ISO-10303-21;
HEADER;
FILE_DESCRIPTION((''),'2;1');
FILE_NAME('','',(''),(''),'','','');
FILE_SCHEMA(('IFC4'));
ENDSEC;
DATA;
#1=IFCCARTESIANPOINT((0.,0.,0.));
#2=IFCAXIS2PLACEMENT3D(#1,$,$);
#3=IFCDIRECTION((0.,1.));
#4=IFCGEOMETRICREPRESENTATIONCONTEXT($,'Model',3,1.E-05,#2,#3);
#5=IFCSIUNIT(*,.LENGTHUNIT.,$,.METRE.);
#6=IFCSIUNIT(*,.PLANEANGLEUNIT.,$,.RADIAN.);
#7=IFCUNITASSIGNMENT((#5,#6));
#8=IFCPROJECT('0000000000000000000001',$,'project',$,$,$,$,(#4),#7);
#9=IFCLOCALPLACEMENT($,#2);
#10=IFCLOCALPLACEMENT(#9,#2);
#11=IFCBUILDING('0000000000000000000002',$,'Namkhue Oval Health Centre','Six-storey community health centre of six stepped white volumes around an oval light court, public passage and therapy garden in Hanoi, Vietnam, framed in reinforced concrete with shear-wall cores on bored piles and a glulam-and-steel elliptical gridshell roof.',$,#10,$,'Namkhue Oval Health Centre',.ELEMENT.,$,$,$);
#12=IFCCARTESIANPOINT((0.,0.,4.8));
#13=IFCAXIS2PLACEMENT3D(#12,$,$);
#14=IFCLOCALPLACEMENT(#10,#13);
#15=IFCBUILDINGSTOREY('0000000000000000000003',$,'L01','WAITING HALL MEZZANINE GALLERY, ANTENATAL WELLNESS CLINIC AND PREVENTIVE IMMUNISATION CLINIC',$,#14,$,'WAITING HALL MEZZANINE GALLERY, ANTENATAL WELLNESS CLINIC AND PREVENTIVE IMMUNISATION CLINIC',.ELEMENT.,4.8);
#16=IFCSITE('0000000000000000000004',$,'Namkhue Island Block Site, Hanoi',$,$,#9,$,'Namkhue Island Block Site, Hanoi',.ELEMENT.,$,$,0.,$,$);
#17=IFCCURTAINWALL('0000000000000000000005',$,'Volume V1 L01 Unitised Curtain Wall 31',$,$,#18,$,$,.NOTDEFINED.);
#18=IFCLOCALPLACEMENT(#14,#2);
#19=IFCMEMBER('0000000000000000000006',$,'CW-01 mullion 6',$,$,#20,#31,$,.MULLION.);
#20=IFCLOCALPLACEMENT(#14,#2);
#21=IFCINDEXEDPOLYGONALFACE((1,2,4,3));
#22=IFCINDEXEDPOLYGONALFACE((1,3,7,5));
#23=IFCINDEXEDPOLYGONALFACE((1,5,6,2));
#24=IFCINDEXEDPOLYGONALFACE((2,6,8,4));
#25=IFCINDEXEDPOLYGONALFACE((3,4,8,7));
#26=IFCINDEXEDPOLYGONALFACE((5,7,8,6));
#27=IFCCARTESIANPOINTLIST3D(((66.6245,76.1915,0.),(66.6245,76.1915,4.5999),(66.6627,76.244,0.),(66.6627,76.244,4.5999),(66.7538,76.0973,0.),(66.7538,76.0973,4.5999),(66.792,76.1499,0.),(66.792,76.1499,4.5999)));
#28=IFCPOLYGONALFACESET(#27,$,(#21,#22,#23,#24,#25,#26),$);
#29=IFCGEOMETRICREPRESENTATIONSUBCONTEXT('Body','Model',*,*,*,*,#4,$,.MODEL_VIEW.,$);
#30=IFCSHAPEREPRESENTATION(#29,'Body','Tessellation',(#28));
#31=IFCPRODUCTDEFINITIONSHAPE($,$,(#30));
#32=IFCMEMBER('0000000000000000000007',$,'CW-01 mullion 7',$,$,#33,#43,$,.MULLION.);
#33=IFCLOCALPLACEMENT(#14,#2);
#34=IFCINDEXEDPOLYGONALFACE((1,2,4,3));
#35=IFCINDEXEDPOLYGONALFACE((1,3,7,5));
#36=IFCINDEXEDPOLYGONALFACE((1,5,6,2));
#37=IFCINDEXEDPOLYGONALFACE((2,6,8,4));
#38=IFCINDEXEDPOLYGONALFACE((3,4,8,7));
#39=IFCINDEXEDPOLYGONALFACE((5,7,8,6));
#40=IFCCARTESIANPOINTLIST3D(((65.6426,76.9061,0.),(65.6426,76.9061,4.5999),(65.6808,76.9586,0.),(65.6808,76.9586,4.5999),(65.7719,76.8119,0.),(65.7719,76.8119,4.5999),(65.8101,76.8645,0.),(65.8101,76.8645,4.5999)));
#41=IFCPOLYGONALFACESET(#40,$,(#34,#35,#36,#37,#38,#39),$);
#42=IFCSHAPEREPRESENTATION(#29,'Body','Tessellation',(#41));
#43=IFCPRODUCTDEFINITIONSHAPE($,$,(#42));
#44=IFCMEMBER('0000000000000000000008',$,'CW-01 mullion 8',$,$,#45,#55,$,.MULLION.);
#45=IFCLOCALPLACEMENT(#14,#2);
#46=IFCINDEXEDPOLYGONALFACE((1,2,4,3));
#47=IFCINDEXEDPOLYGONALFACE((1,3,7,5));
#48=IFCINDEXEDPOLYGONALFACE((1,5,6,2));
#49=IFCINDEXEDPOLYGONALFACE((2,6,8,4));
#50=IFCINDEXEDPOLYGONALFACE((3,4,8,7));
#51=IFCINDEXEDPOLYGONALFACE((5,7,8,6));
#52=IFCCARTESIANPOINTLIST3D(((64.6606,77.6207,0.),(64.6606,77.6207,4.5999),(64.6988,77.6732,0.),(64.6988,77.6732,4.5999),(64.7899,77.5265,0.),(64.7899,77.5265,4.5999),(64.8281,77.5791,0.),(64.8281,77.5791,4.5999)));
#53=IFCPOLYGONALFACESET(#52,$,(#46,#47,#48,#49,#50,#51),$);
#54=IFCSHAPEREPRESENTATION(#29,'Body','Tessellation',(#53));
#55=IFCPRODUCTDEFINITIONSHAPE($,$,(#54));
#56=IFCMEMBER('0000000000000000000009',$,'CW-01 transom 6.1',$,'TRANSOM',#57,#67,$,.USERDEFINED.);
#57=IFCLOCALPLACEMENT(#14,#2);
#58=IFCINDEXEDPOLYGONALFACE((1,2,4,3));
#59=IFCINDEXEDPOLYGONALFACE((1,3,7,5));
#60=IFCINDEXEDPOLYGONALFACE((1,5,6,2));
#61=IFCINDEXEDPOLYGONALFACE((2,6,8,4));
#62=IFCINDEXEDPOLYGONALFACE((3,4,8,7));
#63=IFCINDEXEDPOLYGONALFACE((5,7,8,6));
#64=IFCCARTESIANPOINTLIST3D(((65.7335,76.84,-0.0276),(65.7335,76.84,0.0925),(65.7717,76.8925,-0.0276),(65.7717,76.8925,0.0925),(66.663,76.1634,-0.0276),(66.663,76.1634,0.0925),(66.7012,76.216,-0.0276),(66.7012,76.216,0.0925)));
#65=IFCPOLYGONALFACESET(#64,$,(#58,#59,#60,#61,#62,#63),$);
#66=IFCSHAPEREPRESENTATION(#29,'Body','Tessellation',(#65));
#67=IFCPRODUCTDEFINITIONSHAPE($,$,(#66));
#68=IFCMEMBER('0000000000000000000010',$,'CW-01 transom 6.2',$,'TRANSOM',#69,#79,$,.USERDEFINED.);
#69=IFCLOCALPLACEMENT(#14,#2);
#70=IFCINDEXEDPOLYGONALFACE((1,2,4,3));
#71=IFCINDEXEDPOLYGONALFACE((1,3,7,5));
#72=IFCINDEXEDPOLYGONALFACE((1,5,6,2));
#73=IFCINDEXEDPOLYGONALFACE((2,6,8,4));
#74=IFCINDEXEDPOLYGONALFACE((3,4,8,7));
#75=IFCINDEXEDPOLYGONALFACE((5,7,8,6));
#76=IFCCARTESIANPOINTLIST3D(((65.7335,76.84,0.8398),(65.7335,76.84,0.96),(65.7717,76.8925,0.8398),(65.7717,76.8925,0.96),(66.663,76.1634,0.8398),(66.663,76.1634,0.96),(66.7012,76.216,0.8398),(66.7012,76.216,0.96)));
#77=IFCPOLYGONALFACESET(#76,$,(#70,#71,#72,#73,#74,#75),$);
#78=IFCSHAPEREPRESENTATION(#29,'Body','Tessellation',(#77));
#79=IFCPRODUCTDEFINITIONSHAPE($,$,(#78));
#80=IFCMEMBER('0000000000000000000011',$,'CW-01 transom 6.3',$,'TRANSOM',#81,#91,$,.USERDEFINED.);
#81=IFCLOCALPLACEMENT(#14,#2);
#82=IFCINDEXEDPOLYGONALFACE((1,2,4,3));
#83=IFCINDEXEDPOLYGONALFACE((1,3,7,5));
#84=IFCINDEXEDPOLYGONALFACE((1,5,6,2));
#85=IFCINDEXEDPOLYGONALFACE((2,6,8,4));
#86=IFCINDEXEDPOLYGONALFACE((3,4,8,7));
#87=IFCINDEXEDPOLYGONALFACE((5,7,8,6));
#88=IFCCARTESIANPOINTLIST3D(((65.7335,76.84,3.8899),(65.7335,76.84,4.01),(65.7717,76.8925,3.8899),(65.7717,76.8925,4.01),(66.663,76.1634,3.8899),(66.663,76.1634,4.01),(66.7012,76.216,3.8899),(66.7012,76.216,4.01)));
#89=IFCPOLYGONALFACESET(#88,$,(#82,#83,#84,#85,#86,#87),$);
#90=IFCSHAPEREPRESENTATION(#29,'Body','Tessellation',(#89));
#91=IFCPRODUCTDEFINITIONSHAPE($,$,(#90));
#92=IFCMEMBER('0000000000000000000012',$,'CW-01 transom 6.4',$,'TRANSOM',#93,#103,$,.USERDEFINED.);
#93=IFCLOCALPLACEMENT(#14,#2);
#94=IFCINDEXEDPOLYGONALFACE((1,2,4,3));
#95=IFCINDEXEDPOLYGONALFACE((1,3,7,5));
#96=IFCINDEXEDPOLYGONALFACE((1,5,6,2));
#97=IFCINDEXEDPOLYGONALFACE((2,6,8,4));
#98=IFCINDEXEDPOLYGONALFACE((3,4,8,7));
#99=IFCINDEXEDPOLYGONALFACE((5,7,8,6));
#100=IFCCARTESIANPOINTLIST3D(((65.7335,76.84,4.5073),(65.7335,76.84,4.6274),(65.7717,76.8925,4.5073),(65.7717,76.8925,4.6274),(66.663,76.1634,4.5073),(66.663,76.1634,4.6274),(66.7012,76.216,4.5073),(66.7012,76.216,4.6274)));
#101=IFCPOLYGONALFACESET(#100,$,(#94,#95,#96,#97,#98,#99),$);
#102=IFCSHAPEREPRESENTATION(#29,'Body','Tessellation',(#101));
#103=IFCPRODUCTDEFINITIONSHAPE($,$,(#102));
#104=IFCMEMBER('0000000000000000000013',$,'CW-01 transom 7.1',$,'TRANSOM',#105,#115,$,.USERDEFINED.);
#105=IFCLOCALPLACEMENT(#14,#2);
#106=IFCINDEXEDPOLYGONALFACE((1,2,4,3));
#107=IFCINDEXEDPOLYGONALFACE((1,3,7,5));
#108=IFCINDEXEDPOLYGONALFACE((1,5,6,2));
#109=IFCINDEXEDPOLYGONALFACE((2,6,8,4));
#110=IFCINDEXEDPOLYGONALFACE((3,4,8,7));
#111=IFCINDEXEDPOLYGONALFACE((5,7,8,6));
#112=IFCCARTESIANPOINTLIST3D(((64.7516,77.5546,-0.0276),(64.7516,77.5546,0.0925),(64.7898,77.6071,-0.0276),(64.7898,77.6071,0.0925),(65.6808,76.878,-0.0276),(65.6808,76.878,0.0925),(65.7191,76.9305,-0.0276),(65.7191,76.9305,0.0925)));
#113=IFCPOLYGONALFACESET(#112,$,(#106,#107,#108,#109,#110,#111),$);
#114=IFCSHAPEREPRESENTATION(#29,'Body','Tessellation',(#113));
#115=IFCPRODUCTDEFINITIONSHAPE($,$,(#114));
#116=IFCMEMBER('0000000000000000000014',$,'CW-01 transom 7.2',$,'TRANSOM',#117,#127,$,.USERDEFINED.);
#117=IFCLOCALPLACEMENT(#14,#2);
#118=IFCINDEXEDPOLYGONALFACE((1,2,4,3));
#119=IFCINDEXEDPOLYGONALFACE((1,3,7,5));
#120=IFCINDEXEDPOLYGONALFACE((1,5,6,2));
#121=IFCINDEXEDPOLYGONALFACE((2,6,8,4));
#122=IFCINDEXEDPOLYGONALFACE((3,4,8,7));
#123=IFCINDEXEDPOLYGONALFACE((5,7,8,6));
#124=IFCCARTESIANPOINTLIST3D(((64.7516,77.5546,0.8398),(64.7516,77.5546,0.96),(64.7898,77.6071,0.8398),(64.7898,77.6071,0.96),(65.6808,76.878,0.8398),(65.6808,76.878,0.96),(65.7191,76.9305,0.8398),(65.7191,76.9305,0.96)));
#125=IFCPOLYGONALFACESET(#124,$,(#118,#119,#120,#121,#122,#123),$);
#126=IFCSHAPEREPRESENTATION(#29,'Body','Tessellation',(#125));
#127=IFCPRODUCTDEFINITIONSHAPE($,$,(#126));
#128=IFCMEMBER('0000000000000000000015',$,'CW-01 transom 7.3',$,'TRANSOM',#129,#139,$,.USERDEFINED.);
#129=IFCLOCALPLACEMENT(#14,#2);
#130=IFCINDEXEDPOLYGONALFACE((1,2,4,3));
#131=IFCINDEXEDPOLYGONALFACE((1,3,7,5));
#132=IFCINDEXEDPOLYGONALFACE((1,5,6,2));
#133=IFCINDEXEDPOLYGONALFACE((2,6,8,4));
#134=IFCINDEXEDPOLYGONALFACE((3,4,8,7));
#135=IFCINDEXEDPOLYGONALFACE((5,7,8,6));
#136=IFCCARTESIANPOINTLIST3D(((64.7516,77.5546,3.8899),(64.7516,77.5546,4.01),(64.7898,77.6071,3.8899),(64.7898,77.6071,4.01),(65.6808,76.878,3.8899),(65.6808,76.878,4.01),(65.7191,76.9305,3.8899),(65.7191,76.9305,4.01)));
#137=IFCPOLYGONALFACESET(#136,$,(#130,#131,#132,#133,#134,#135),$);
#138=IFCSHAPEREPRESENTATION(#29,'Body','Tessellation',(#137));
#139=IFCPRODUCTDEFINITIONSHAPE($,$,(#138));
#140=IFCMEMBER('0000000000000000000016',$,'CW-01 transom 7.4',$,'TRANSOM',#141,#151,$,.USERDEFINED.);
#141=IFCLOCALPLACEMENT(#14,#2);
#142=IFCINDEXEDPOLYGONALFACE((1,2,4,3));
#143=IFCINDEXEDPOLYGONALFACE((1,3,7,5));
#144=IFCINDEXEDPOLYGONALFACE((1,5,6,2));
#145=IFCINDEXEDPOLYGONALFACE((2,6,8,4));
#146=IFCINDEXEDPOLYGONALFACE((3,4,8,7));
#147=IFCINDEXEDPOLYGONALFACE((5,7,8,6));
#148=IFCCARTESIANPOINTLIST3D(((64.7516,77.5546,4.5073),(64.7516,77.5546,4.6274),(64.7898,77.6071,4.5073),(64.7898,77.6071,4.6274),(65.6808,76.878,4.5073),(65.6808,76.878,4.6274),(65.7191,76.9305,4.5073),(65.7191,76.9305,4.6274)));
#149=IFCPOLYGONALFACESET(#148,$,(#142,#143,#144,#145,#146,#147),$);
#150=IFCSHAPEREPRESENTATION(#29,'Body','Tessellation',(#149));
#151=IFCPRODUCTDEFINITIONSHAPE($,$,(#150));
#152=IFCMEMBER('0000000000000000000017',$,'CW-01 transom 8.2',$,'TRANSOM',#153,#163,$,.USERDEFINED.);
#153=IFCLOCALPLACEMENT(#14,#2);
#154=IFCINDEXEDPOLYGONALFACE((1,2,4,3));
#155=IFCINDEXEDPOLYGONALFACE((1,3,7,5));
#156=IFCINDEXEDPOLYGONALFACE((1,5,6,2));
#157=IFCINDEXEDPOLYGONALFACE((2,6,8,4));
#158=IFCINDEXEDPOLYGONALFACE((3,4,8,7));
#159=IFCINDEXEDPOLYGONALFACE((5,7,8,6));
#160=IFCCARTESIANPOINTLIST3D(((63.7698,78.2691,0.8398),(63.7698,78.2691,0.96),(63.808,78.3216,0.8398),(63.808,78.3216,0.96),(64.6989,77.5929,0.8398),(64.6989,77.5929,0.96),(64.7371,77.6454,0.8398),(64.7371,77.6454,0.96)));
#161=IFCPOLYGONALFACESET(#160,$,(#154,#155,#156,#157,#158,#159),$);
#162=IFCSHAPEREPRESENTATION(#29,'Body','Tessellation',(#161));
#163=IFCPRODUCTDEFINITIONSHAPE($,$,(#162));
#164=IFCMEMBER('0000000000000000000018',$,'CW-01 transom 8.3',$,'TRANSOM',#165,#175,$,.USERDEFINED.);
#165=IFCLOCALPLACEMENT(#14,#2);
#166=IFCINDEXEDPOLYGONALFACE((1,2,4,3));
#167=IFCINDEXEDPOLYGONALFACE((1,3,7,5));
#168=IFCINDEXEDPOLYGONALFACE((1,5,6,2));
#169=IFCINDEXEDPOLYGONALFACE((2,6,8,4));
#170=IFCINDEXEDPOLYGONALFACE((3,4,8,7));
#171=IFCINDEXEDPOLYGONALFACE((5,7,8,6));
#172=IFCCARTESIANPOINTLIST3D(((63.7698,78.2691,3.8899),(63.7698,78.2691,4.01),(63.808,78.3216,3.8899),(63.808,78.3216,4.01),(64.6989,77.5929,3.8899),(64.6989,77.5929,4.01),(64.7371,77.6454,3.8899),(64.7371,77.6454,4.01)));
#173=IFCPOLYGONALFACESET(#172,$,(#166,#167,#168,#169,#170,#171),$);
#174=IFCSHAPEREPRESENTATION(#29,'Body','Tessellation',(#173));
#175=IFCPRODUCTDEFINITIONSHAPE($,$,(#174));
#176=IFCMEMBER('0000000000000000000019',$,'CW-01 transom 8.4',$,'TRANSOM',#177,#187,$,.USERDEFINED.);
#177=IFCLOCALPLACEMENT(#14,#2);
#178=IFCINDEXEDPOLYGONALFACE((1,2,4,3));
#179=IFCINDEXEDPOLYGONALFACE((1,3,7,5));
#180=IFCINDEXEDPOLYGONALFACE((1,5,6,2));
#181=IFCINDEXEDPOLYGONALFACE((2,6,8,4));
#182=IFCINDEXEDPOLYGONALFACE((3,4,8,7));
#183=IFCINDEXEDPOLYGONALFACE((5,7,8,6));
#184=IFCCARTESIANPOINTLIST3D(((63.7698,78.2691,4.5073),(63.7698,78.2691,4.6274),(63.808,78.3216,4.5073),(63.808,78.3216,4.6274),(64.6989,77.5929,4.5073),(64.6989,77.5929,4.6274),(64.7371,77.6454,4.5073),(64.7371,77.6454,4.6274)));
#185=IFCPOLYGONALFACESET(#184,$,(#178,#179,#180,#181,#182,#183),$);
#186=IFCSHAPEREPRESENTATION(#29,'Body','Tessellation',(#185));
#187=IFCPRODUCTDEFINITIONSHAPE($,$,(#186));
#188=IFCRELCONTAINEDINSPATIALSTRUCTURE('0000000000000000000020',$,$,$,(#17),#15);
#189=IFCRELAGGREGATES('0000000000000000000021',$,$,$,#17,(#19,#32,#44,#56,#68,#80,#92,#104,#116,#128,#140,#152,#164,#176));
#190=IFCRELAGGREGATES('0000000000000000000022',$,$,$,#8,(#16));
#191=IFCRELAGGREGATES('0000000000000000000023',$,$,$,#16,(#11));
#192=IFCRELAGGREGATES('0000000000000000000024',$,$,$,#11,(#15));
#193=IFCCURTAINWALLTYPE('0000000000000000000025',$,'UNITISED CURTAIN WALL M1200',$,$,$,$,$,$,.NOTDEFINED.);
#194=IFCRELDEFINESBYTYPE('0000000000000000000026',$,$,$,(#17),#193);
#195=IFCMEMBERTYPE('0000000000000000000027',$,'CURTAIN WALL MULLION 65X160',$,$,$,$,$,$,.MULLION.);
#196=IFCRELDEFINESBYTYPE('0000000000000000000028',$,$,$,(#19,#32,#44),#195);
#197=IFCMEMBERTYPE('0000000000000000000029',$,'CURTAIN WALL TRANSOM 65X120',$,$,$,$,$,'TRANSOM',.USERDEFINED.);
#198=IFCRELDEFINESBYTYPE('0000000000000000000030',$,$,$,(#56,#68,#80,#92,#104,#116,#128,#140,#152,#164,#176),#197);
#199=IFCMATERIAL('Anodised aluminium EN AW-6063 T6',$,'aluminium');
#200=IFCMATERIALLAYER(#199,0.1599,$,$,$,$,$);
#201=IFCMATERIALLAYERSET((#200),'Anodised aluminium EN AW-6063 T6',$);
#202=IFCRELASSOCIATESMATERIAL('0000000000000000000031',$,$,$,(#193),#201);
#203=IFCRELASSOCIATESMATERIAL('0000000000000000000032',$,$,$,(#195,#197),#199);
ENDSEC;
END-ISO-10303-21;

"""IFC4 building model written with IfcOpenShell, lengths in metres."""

from ifc_helpers import new_model, si_unit, direction, frame, origin, origin_2d, place, context, subcontext, project, spatial, rectangle, extrude, material, layer, layer_set, material_profile, profile_set, type_object, element, aggregate, save


model = new_model("IFC4")

# Units and contexts
model_context = context("Model", 3, precision=1e-05, world=origin(), true_north=direction((0.0, 1.0)))
body_context = subcontext(model_context, "Body", "Model", "MODEL_VIEW")
ifc_project = project(units=[si_unit("LENGTHUNIT", "METRE"), si_unit("PLANEANGLEUNIT", "RADIAN")], contexts=[model_context])

# Site, building, storey
site_placement = place(None, origin())
site = spatial("IfcSite", under=ifc_project, at=site_placement, Name="Namkhue Island Block Site, Hanoi", LongName="Namkhue Island Block Site, Hanoi", CompositionType="ELEMENT", RefElevation=0.0)
building_placement = place(site_placement, origin())
building = spatial("IfcBuilding", under=site, at=building_placement, Name="Namkhue Oval Health Centre", Description="Six-storey community health centre of six stepped white volumes around an oval light court, public passage and therapy garden in Hanoi, Vietnam, framed in reinforced concrete with shear-wall cores on bored piles and a glulam-and-steel elliptical gridshell roof.", LongName="Namkhue Oval Health Centre", CompositionType="ELEMENT")
storey_placement = place(building_placement, frame((0.0, 0.0, 4.8)))
storey = spatial("IfcBuildingStorey", under=building, at=storey_placement, Name="L01", Description="WAITING HALL MEZZANINE GALLERY, ANTENATAL WELLNESS CLINIC AND PREVENTIVE IMMUNISATION CLINIC", LongName="WAITING HALL MEZZANINE GALLERY, ANTENATAL WELLNESS CLINIC AND PREVENTIVE IMMUNISATION CLINIC", CompositionType="ELEMENT", Elevation=4.8)

# Curtain wall, members
ifc_material_1 = material(Name="Anodised aluminium EN AW-6063 T6", Category="aluminium")
ifc_layer_1 = layer(ifc_material_1, 0.1599)
ifc_layer_set_1 = layer_set([ifc_layer_1], Name="Anodised aluminium EN AW-6063 T6")
curtain_wall_type = type_object("IfcCurtainWallType", Name="UNITISED CURTAIN WALL M1200", PredefinedType="NOTDEFINED", material=ifc_layer_set_1)
curtain_wall_placement = place(storey_placement, origin())
curtain_wall = element("IfcCurtainWall", 1, at=curtain_wall_placement, inside=storey, type_object=curtain_wall_type, Name="Volume V1 L01 Unitised Curtain Wall 31", PredefinedType="NOTDEFINED")
ifc_material_profile_1 = material_profile(ifc_material_1, rectangle(XDim=0.0649, YDim=0.1599, at=origin_2d()), Name="ALU 65x160")
ifc_profile_set_1 = profile_set([ifc_material_profile_1], Name="Anodised aluminium EN AW-6063 T6")
member_type_1 = type_object("IfcMemberType", Name="CURTAIN WALL MULLION 65X160", PredefinedType="MULLION", material=ifc_profile_set_1)
member_1_placement = place(storey_placement, frame((66.7083, 76.1707, 0.0), z_axis=(0.0, 0.0, 1.0), x_axis=(-0.588477, -0.808514, 0.0)))
member_1 = element("IfcMember", 2, at=member_1_placement, type_object=member_type_1, Name="CW-01 mullion 6", PredefinedType="MULLION", context=body_context, shape_type="SweptSolid", body=[
    extrude(rectangle(XDim=0.0649, YDim=0.1599, at=origin_2d()), origin(), (0.0, 0.0, 1.0), 4.5999),
])
member_2_placement = place(storey_placement, frame((65.7263, 76.8853, 0.0), z_axis=(0.0, 0.0, 1.0), x_axis=(-0.588477, -0.808514, 0.0)))
member_2 = element("IfcMember", 3, at=member_2_placement, type_object=member_type_1, Name="CW-01 mullion 7", PredefinedType="MULLION", context=body_context, shape_type="SweptSolid", body=[
    extrude(rectangle(XDim=0.0649, YDim=0.1599, at=origin_2d()), origin(), (0.0, 0.0, 1.0), 4.5999),
])
member_3_placement = place(storey_placement, frame((64.7444, 77.5999, 0.0), z_axis=(0.0, 0.0, 1.0), x_axis=(-0.588477, -0.808514, 0.0)))
member_3 = element("IfcMember", 4, at=member_3_placement, type_object=member_type_1, Name="CW-01 mullion 8", PredefinedType="MULLION", context=body_context, shape_type="SweptSolid", body=[
    extrude(rectangle(XDim=0.0649, YDim=0.1599, at=origin_2d()), origin(), (0.0, 0.0, 1.0), 4.5999),
])
ifc_material_profile_2 = material_profile(ifc_material_1, rectangle(XDim=0.0649, YDim=0.1201, at=origin_2d()), Name="ALU 65x120")
ifc_profile_set_2 = profile_set([ifc_material_profile_2], Name="Anodised aluminium EN AW-6063 T6")
member_type_2 = type_object("IfcMemberType", Name="CURTAIN WALL TRANSOM 65X120", ElementType="TRANSOM", PredefinedType="USERDEFINED", material=ifc_profile_set_2)
member_4_placement = place(storey_placement, frame((66.6821, 76.1897, 0.0325), z_axis=(-0.808506, 0.588487, 0.0), x_axis=(-0.588487, -0.808506, 0.0)))
member_4 = element("IfcMember", 5, at=member_4_placement, type_object=member_type_2, Name="CW-01 transom 6.1", ObjectType="TRANSOM", PredefinedType="USERDEFINED", context=body_context, shape_type="SweptSolid", body=[
    extrude(rectangle(XDim=0.0649, YDim=0.1201, at=origin_2d()), origin(), (0.0, 0.0, 1.0), 1.1497),
])
member_5_placement = place(storey_placement, frame((66.6821, 76.1897, 0.8999), z_axis=(-0.808506, 0.588487, 0.0), x_axis=(-0.588487, -0.808506, 0.0)))
member_5 = element("IfcMember", 6, at=member_5_placement, type_object=member_type_2, Name="CW-01 transom 6.2", ObjectType="TRANSOM", PredefinedType="USERDEFINED", context=body_context, shape_type="SweptSolid", body=[
    extrude(rectangle(XDim=0.0649, YDim=0.1201, at=origin_2d()), origin(), (0.0, 0.0, 1.0), 1.1497),
])
member_6_placement = place(storey_placement, frame((66.6821, 76.1897, 3.95), z_axis=(-0.808506, 0.588487, 0.0), x_axis=(-0.588487, -0.808506, 0.0)))
member_6 = element("IfcMember", 7, at=member_6_placement, type_object=member_type_2, Name="CW-01 transom 6.3", ObjectType="TRANSOM", PredefinedType="USERDEFINED", context=body_context, shape_type="SweptSolid", body=[
    extrude(rectangle(XDim=0.0649, YDim=0.1201, at=origin_2d()), origin(), (0.0, 0.0, 1.0), 1.1497),
])
member_7_placement = place(storey_placement, frame((66.6821, 76.1897, 4.5674), z_axis=(-0.808506, 0.588487, 0.0), x_axis=(-0.588487, -0.808506, 0.0)))
member_7 = element("IfcMember", 8, at=member_7_placement, type_object=member_type_2, Name="CW-01 transom 6.4", ObjectType="TRANSOM", PredefinedType="USERDEFINED", context=body_context, shape_type="SweptSolid", body=[
    extrude(rectangle(XDim=0.0649, YDim=0.1201, at=origin_2d()), origin(), (0.0, 0.0, 1.0), 1.1497),
])
member_8_placement = place(storey_placement, frame((65.7, 76.9043, 0.0325), z_axis=(-0.808433, 0.588588, 0.0), x_axis=(-0.588588, -0.808433, 0.0)))
member_8 = element("IfcMember", 9, at=member_8_placement, type_object=member_type_2, Name="CW-01 transom 7.1", ObjectType="TRANSOM", PredefinedType="USERDEFINED", context=body_context, shape_type="SweptSolid", body=[
    extrude(rectangle(XDim=0.0649, YDim=0.1201, at=origin_2d()), origin(), (0.0, 0.0, 1.0), 1.1494),
])
member_9_placement = place(storey_placement, frame((65.7, 76.9043, 0.8999), z_axis=(-0.808433, 0.588588, 0.0), x_axis=(-0.588588, -0.808433, 0.0)))
member_9 = element("IfcMember", 10, at=member_9_placement, type_object=member_type_2, Name="CW-01 transom 7.2", ObjectType="TRANSOM", PredefinedType="USERDEFINED", context=body_context, shape_type="SweptSolid", body=[
    extrude(rectangle(XDim=0.0649, YDim=0.1201, at=origin_2d()), origin(), (0.0, 0.0, 1.0), 1.1494),
])
member_10_placement = place(storey_placement, frame((65.7, 76.9043, 3.95), z_axis=(-0.808433, 0.588588, 0.0), x_axis=(-0.588588, -0.808433, 0.0)))
member_10 = element("IfcMember", 11, at=member_10_placement, type_object=member_type_2, Name="CW-01 transom 7.3", ObjectType="TRANSOM", PredefinedType="USERDEFINED", context=body_context, shape_type="SweptSolid", body=[
    extrude(rectangle(XDim=0.0649, YDim=0.1201, at=origin_2d()), origin(), (0.0, 0.0, 1.0), 1.1494),
])
member_11_placement = place(storey_placement, frame((65.7, 76.9043, 4.5674), z_axis=(-0.808433, 0.588588, 0.0), x_axis=(-0.588588, -0.808433, 0.0)))
member_11 = element("IfcMember", 12, at=member_11_placement, type_object=member_type_2, Name="CW-01 transom 7.4", ObjectType="TRANSOM", PredefinedType="USERDEFINED", context=body_context, shape_type="SweptSolid", body=[
    extrude(rectangle(XDim=0.0649, YDim=0.1201, at=origin_2d()), origin(), (0.0, 0.0, 1.0), 1.1494),
])
member_12_placement = place(storey_placement, frame((64.718, 77.6191, 0.8999), z_axis=(-0.808534, 0.58845, 0.0), x_axis=(-0.58845, -0.808534, 0.0)))
member_12 = element("IfcMember", 13, at=member_12_placement, type_object=member_type_2, Name="CW-01 transom 8.2", ObjectType="TRANSOM", PredefinedType="USERDEFINED", context=body_context, shape_type="SweptSolid", body=[
    extrude(rectangle(XDim=0.0649, YDim=0.1201, at=origin_2d()), origin(), (0.0, 0.0, 1.0), 1.1492),
])
member_13_placement = place(storey_placement, frame((64.718, 77.6191, 3.95), z_axis=(-0.808534, 0.58845, 0.0), x_axis=(-0.58845, -0.808534, 0.0)))
member_13 = element("IfcMember", 14, at=member_13_placement, type_object=member_type_2, Name="CW-01 transom 8.3", ObjectType="TRANSOM", PredefinedType="USERDEFINED", context=body_context, shape_type="SweptSolid", body=[
    extrude(rectangle(XDim=0.0649, YDim=0.1201, at=origin_2d()), origin(), (0.0, 0.0, 1.0), 1.1492),
])
member_14_placement = place(storey_placement, frame((64.718, 77.6191, 4.5674), z_axis=(-0.808534, 0.58845, 0.0), x_axis=(-0.58845, -0.808534, 0.0)))
member_14 = element("IfcMember", 15, at=member_14_placement, type_object=member_type_2, Name="CW-01 transom 8.4", ObjectType="TRANSOM", PredefinedType="USERDEFINED", context=body_context, shape_type="SweptSolid", body=[
    extrude(rectangle(XDim=0.0649, YDim=0.1201, at=origin_2d()), origin(), (0.0, 0.0, 1.0), 1.1492),
])
aggregate(curtain_wall, [member_1, member_2, member_3, member_4, member_5, member_6, member_7, member_8, member_9, member_10, member_11, member_12, member_13, member_14])

save(model, "model.ifc")
